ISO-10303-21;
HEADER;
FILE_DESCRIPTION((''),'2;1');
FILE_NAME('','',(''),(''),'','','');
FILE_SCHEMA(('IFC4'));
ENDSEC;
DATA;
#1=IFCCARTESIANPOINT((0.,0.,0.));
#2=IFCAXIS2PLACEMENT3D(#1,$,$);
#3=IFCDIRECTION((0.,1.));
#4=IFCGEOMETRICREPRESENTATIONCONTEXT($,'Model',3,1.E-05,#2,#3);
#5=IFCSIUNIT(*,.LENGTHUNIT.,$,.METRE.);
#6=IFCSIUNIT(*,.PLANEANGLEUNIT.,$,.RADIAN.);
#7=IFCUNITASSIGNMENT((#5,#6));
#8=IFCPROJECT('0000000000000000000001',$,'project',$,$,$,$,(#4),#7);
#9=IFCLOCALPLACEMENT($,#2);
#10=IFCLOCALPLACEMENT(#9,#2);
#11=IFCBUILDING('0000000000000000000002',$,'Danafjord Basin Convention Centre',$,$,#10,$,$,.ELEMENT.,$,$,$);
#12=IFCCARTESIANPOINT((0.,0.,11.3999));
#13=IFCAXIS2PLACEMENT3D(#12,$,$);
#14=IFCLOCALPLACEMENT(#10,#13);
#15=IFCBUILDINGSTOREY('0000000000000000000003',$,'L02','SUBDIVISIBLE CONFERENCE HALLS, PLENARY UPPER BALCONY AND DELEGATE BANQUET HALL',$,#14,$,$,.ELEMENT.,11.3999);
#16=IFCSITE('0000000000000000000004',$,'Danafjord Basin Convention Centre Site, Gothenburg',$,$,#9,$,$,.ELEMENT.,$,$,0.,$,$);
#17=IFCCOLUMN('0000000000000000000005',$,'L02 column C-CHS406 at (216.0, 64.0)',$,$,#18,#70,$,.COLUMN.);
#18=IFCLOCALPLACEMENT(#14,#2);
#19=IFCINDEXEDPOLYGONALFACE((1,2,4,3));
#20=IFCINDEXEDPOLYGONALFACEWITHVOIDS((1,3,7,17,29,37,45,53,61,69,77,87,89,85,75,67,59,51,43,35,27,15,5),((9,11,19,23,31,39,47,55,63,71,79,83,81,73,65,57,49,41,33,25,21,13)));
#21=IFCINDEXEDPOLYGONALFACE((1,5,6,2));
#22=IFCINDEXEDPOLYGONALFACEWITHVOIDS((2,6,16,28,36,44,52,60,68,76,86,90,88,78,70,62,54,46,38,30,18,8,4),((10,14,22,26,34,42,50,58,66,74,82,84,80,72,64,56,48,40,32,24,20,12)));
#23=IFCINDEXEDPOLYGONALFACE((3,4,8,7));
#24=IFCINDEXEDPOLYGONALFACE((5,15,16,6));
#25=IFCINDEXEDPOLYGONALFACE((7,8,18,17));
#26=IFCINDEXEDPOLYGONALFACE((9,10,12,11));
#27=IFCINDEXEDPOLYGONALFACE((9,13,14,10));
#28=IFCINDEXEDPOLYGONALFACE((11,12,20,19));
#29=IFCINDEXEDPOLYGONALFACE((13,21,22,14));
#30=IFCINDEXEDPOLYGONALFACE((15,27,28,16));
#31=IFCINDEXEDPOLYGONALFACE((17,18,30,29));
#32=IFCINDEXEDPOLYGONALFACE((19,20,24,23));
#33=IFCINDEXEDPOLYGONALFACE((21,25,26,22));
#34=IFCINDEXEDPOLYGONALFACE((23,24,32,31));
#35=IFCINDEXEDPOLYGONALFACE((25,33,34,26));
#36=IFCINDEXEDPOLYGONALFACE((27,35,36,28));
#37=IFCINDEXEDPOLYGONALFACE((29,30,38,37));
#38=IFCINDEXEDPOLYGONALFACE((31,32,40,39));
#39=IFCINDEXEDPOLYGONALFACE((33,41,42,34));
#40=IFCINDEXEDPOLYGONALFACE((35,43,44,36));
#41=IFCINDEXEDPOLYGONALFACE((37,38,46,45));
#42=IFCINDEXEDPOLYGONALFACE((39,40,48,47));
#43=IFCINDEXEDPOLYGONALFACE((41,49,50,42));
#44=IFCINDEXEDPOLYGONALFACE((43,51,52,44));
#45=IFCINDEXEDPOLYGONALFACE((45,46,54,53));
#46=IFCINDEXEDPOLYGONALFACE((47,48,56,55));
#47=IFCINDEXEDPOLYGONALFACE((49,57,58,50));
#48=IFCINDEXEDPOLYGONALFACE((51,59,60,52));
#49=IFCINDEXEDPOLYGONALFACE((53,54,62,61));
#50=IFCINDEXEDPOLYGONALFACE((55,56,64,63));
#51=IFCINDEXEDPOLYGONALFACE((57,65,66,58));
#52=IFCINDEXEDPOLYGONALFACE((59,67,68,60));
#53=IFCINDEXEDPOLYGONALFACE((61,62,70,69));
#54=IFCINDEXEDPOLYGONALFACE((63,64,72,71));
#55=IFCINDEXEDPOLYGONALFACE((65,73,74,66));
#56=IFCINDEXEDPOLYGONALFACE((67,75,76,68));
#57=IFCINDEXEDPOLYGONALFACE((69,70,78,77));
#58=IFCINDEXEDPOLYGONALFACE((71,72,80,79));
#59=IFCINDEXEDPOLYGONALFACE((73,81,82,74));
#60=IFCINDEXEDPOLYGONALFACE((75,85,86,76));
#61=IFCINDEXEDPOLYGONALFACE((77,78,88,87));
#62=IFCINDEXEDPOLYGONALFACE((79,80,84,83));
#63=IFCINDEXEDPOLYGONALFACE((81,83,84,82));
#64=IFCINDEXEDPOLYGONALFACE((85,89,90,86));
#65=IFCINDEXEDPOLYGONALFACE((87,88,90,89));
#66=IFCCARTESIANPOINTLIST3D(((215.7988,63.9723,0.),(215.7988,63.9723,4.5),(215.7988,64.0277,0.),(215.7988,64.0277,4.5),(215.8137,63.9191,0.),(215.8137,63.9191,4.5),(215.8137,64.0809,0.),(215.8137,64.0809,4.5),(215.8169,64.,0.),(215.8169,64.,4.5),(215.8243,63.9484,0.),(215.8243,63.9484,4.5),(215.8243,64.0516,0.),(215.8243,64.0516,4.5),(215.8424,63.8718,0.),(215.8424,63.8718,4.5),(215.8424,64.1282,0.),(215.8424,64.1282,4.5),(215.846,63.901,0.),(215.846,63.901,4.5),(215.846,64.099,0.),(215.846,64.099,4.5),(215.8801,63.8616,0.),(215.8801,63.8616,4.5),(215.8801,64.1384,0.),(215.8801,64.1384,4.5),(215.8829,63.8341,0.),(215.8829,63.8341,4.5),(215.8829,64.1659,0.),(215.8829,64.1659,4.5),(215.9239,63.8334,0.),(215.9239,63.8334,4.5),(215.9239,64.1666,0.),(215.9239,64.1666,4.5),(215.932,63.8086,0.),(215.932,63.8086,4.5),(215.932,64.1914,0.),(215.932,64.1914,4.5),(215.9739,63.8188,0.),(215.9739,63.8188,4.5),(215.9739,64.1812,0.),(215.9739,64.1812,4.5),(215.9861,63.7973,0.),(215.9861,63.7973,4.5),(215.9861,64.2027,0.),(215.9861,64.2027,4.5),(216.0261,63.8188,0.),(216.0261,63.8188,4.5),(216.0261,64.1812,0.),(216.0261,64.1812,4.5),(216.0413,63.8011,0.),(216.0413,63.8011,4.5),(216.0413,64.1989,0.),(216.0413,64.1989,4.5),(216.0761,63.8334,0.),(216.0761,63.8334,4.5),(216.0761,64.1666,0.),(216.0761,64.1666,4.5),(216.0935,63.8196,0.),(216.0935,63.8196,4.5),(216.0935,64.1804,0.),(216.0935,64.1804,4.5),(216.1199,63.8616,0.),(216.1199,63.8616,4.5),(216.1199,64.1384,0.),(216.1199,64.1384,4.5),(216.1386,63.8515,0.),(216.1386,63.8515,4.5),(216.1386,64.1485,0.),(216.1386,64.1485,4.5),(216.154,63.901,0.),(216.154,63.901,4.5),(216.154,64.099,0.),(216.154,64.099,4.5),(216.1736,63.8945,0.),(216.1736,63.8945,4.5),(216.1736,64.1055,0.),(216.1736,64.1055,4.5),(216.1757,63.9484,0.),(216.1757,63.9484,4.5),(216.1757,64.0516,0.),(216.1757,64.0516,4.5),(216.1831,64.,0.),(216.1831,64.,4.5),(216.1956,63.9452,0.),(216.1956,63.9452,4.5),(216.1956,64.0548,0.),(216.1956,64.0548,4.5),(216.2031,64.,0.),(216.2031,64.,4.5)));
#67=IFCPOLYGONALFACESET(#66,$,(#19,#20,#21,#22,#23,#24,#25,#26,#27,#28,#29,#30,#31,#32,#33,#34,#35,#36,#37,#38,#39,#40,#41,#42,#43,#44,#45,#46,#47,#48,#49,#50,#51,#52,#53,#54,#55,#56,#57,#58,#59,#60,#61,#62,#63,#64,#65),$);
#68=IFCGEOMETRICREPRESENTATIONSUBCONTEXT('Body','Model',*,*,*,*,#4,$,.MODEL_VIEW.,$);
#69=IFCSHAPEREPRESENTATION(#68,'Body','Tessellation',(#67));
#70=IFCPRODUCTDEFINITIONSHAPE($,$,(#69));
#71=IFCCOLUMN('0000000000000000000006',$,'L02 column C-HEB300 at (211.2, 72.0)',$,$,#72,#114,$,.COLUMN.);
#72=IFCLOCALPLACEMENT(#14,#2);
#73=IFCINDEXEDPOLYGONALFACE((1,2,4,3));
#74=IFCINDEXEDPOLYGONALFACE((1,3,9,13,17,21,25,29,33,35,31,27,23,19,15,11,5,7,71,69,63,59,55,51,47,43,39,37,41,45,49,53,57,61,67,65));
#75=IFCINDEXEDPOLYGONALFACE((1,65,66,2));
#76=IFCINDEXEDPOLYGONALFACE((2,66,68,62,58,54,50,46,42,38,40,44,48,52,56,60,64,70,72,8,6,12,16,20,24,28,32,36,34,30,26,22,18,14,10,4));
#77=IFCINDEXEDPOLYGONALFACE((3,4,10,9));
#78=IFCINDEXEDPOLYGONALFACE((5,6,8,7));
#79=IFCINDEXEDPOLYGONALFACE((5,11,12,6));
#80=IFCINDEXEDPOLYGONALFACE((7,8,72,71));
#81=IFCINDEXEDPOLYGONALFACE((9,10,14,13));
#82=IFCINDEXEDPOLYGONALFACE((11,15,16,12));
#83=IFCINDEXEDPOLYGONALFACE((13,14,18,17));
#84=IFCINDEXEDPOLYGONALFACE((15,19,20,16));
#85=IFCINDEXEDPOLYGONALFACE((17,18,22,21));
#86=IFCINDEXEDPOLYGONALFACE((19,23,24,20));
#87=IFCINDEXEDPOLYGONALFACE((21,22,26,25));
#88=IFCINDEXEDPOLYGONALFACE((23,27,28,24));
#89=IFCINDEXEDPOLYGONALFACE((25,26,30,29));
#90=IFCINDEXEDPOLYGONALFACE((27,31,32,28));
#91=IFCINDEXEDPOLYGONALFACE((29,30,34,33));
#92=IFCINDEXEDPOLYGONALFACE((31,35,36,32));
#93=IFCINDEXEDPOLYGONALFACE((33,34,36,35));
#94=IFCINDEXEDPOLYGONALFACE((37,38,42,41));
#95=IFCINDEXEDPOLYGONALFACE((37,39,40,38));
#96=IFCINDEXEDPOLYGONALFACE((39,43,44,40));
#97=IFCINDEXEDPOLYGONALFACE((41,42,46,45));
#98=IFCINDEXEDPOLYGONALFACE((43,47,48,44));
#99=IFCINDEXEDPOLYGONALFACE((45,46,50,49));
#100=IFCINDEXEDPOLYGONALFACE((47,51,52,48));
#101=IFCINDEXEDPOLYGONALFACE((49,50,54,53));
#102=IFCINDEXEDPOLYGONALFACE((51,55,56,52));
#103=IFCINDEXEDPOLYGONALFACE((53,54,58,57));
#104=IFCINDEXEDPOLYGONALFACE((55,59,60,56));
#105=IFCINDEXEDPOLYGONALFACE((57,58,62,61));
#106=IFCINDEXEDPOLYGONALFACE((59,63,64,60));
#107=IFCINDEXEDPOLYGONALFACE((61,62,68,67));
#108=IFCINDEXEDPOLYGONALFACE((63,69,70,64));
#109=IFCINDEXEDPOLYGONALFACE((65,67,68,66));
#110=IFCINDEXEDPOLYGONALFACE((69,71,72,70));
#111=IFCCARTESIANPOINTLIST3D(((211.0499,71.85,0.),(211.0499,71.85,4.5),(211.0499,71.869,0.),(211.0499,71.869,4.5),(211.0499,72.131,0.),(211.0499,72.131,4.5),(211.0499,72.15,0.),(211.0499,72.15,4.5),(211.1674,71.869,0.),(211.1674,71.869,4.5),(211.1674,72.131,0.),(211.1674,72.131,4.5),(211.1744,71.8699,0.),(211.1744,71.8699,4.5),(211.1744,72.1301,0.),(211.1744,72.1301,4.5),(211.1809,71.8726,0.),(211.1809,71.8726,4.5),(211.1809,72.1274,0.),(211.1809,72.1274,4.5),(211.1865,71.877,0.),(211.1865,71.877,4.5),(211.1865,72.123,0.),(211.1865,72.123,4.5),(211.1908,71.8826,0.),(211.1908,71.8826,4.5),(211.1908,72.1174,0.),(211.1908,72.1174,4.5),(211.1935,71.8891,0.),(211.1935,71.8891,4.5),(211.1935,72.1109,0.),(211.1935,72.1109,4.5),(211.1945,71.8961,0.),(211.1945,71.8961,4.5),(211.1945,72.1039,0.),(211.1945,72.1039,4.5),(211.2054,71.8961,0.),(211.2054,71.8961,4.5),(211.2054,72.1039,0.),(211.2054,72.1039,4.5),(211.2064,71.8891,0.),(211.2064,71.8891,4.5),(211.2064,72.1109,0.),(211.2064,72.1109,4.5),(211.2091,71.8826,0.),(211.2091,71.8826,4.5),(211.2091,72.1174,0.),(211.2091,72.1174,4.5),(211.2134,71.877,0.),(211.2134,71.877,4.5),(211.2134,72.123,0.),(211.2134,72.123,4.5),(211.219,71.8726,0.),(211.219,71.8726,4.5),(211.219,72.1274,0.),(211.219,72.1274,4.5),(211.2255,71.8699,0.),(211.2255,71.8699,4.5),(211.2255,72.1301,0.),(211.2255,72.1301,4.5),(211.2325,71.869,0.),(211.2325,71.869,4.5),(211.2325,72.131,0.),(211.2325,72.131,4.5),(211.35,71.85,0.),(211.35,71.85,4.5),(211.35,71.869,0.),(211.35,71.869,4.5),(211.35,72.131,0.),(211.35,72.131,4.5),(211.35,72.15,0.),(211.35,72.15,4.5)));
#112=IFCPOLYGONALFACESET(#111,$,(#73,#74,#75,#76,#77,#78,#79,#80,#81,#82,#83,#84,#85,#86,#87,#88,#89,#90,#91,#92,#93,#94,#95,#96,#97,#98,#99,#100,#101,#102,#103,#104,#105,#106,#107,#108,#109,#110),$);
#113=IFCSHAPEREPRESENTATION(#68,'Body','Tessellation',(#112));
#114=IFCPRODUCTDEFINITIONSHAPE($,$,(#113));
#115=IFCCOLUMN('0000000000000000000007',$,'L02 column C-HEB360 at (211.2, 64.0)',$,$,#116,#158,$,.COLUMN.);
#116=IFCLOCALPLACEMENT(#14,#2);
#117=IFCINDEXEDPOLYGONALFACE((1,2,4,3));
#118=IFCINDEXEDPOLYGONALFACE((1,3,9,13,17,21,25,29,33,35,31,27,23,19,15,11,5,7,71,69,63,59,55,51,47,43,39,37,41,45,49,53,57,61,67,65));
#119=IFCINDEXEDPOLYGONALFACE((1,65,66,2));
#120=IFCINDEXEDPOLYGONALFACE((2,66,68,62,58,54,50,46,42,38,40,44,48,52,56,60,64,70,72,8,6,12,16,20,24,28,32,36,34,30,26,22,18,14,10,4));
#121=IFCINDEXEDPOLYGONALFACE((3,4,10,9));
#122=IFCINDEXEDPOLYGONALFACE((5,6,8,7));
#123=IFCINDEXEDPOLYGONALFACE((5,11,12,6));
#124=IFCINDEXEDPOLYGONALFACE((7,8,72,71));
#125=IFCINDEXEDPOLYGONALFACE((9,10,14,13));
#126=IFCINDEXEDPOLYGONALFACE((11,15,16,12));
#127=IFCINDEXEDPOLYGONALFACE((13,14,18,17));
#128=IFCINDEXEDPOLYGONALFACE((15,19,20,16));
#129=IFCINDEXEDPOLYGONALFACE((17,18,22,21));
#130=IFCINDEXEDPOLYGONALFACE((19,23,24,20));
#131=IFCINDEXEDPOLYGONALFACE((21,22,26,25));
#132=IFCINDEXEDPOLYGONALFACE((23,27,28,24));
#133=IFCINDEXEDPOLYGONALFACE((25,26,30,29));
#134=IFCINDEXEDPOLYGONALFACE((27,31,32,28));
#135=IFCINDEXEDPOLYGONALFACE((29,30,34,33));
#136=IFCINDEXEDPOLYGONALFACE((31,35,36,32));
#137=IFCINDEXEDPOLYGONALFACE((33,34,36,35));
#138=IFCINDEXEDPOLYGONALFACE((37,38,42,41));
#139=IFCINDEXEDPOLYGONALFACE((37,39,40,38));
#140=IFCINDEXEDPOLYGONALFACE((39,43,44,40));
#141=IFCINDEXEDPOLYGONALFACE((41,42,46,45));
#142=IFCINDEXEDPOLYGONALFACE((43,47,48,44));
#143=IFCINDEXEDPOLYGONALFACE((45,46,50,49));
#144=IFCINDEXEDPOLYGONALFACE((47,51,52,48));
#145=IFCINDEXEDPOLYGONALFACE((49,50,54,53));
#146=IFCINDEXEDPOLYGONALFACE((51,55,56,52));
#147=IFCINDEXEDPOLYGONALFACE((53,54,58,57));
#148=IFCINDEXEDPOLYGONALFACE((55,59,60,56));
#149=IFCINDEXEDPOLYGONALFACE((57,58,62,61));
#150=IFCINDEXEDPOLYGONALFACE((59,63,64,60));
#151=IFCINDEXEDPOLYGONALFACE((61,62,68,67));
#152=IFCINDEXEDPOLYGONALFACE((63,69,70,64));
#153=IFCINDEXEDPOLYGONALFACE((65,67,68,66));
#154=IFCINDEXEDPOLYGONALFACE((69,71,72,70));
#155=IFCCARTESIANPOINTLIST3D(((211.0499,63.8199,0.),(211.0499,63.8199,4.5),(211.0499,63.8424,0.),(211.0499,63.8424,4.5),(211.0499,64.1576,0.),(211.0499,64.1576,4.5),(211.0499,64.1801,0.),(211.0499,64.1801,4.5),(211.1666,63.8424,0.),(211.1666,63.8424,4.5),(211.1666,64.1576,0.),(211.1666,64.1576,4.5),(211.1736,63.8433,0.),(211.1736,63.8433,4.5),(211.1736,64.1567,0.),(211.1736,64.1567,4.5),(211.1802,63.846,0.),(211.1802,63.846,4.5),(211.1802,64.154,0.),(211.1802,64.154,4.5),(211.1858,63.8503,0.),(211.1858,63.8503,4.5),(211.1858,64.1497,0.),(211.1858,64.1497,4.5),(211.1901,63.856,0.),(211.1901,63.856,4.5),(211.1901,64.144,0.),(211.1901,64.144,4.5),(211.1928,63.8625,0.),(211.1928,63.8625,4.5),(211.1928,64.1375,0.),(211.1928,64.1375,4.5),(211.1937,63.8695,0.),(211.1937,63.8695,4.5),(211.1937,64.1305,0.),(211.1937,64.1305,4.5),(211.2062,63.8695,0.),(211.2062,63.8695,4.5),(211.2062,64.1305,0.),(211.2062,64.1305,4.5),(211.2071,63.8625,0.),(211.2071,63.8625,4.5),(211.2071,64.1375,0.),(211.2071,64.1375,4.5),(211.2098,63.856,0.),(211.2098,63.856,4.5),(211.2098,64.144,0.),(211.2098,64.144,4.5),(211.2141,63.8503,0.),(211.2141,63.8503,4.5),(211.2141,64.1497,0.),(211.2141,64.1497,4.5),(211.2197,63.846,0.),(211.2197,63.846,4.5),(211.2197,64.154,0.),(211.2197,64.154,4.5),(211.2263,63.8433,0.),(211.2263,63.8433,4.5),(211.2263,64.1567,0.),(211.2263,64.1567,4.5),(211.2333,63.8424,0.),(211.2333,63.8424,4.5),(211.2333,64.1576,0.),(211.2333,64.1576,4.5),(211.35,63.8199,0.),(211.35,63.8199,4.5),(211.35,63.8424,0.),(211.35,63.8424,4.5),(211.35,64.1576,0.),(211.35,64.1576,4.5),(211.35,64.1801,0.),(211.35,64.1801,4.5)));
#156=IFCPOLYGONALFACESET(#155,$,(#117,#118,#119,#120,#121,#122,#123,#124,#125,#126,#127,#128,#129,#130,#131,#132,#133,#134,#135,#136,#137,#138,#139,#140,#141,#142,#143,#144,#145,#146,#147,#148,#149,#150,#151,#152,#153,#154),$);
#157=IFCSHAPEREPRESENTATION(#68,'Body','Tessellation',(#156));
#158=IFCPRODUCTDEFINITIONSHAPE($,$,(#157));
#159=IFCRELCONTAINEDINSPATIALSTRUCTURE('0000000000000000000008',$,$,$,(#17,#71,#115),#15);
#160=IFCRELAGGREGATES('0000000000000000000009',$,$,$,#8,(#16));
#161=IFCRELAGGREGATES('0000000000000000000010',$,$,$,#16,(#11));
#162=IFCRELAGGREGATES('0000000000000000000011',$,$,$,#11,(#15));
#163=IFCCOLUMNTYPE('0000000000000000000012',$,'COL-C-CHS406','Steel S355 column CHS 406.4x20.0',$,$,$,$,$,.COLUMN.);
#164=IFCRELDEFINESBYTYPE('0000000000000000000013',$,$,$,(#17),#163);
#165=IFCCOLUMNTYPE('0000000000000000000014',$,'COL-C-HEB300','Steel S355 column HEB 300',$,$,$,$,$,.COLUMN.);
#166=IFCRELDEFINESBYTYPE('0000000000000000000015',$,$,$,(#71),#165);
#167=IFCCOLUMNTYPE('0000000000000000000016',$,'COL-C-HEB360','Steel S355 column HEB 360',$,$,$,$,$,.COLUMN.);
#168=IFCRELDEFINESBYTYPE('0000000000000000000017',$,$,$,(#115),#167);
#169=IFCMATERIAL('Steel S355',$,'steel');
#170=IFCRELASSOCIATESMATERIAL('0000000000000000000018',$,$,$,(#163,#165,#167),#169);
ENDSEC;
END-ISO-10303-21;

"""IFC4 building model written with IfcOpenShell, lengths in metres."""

from ifc_helpers import new_model, si_unit, direction, frame, origin, origin_2d, place, context, subcontext, project, spatial, hollow_circle, i_section, extrude, material, material_profile, profile_set, type_object, element, save


model = new_model("IFC4")

# Units and contexts
model_context = context("Model", 3, precision=1e-05, world=origin(), true_north=direction((0.0, 1.0)))
body_context = subcontext(model_context, "Body", "Model", "MODEL_VIEW")
ifc_project = project(units=[si_unit("LENGTHUNIT", "METRE"), si_unit("PLANEANGLEUNIT", "RADIAN")], contexts=[model_context])

# Site, building, storey
site_placement = place(None, origin())
site = spatial("IfcSite", under=ifc_project, at=site_placement, Name="Danafjord Basin Convention Centre Site, Gothenburg", CompositionType="ELEMENT", RefElevation=0.0)
building_placement = place(site_placement, origin())
building = spatial("IfcBuilding", under=site, at=building_placement, Name="Danafjord Basin Convention Centre", CompositionType="ELEMENT")
storey_placement = place(building_placement, frame((0.0, 0.0, 11.3999)))
storey = spatial("IfcBuildingStorey", under=building, at=storey_placement, Name="L02", Description="SUBDIVISIBLE CONFERENCE HALLS, PLENARY UPPER BALCONY AND DELEGATE BANQUET HALL", CompositionType="ELEMENT", Elevation=11.3999)

# Columns
ifc_material_1 = material(Name="Steel S355", Category="steel")
ifc_material_profile_1 = material_profile(ifc_material_1, hollow_circle(Radius=0.2031, WallThickness=0.02, at=origin_2d()), Name="CHS 406.4x20.0")
ifc_profile_set_1 = profile_set([ifc_material_profile_1], Name="Steel S355")
column_type_1 = type_object("IfcColumnType", Name="COL-C-CHS406", Description="Steel S355 column CHS 406.4x20.0", PredefinedType="COLUMN", material=ifc_profile_set_1)
column_1_placement = place(storey_placement, frame((216.0, 64.0, 0.0), z_axis=(0.0, 0.0, 1.0), x_axis=(1.0, 0.0, 0.0)))
element("IfcColumn", 1, at=column_1_placement, inside=storey, type_object=column_type_1, Name="L02 column C-CHS406 at (216.0, 64.0)", PredefinedType="COLUMN", context=body_context, shape_type="SweptSolid", body=[
    extrude(hollow_circle(Radius=0.2031, WallThickness=0.02, at=origin_2d()), origin(), (0.0, 0.0, 1.0), 4.5),
])
ifc_material_profile_2 = material_profile(ifc_material_1, i_section(OverallWidth=0.3, OverallDepth=0.3, WebThickness=0.011, FlangeThickness=0.019, FilletRadius=0.0271, at=origin_2d()), Name="HEB 300")
ifc_profile_set_2 = profile_set([ifc_material_profile_2], Name="Steel S355")
column_type_2 = type_object("IfcColumnType", Name="COL-C-HEB300", Description="Steel S355 column HEB 300", PredefinedType="COLUMN", material=ifc_profile_set_2)
column_2_placement = place(storey_placement, frame((211.2, 72.0, 0.0), z_axis=(0.0, 0.0, 1.0), x_axis=(1.0, 0.0, 0.0)))
element("IfcColumn", 2, at=column_2_placement, inside=storey, type_object=column_type_2, Name="L02 column C-HEB300 at (211.2, 72.0)", PredefinedType="COLUMN", context=body_context, shape_type="SweptSolid", body=[
    extrude(i_section(OverallWidth=0.3, OverallDepth=0.3, WebThickness=0.011, FlangeThickness=0.019, FilletRadius=0.0271, at=origin_2d()), origin(), (0.0, 0.0, 1.0), 4.5),
])
ifc_material_profile_3 = material_profile(ifc_material_1, i_section(OverallWidth=0.3, OverallDepth=0.3601, WebThickness=0.0125, FlangeThickness=0.0225, FilletRadius=0.0271, at=origin_2d()), Name="HEB 360")
ifc_profile_set_3 = profile_set([ifc_material_profile_3], Name="Steel S355")
column_type_3 = type_object("IfcColumnType", Name="COL-C-HEB360", Description="Steel S355 column HEB 360", PredefinedType="COLUMN", material=ifc_profile_set_3)
column_3_placement = place(storey_placement, frame((211.2, 64.0, 0.0), z_axis=(0.0, 0.0, 1.0), x_axis=(1.0, 0.0, 0.0)))
element("IfcColumn", 3, at=column_3_placement, inside=storey, type_object=column_type_3, Name="L02 column C-HEB360 at (211.2, 64.0)", PredefinedType="COLUMN", context=body_context, shape_type="SweptSolid", body=[
    extrude(i_section(OverallWidth=0.3, OverallDepth=0.3601, WebThickness=0.0125, FlangeThickness=0.0225, FilletRadius=0.0271, at=origin_2d()), origin(), (0.0, 0.0, 1.0), 4.5),
])

save(model, "model.ifc")
